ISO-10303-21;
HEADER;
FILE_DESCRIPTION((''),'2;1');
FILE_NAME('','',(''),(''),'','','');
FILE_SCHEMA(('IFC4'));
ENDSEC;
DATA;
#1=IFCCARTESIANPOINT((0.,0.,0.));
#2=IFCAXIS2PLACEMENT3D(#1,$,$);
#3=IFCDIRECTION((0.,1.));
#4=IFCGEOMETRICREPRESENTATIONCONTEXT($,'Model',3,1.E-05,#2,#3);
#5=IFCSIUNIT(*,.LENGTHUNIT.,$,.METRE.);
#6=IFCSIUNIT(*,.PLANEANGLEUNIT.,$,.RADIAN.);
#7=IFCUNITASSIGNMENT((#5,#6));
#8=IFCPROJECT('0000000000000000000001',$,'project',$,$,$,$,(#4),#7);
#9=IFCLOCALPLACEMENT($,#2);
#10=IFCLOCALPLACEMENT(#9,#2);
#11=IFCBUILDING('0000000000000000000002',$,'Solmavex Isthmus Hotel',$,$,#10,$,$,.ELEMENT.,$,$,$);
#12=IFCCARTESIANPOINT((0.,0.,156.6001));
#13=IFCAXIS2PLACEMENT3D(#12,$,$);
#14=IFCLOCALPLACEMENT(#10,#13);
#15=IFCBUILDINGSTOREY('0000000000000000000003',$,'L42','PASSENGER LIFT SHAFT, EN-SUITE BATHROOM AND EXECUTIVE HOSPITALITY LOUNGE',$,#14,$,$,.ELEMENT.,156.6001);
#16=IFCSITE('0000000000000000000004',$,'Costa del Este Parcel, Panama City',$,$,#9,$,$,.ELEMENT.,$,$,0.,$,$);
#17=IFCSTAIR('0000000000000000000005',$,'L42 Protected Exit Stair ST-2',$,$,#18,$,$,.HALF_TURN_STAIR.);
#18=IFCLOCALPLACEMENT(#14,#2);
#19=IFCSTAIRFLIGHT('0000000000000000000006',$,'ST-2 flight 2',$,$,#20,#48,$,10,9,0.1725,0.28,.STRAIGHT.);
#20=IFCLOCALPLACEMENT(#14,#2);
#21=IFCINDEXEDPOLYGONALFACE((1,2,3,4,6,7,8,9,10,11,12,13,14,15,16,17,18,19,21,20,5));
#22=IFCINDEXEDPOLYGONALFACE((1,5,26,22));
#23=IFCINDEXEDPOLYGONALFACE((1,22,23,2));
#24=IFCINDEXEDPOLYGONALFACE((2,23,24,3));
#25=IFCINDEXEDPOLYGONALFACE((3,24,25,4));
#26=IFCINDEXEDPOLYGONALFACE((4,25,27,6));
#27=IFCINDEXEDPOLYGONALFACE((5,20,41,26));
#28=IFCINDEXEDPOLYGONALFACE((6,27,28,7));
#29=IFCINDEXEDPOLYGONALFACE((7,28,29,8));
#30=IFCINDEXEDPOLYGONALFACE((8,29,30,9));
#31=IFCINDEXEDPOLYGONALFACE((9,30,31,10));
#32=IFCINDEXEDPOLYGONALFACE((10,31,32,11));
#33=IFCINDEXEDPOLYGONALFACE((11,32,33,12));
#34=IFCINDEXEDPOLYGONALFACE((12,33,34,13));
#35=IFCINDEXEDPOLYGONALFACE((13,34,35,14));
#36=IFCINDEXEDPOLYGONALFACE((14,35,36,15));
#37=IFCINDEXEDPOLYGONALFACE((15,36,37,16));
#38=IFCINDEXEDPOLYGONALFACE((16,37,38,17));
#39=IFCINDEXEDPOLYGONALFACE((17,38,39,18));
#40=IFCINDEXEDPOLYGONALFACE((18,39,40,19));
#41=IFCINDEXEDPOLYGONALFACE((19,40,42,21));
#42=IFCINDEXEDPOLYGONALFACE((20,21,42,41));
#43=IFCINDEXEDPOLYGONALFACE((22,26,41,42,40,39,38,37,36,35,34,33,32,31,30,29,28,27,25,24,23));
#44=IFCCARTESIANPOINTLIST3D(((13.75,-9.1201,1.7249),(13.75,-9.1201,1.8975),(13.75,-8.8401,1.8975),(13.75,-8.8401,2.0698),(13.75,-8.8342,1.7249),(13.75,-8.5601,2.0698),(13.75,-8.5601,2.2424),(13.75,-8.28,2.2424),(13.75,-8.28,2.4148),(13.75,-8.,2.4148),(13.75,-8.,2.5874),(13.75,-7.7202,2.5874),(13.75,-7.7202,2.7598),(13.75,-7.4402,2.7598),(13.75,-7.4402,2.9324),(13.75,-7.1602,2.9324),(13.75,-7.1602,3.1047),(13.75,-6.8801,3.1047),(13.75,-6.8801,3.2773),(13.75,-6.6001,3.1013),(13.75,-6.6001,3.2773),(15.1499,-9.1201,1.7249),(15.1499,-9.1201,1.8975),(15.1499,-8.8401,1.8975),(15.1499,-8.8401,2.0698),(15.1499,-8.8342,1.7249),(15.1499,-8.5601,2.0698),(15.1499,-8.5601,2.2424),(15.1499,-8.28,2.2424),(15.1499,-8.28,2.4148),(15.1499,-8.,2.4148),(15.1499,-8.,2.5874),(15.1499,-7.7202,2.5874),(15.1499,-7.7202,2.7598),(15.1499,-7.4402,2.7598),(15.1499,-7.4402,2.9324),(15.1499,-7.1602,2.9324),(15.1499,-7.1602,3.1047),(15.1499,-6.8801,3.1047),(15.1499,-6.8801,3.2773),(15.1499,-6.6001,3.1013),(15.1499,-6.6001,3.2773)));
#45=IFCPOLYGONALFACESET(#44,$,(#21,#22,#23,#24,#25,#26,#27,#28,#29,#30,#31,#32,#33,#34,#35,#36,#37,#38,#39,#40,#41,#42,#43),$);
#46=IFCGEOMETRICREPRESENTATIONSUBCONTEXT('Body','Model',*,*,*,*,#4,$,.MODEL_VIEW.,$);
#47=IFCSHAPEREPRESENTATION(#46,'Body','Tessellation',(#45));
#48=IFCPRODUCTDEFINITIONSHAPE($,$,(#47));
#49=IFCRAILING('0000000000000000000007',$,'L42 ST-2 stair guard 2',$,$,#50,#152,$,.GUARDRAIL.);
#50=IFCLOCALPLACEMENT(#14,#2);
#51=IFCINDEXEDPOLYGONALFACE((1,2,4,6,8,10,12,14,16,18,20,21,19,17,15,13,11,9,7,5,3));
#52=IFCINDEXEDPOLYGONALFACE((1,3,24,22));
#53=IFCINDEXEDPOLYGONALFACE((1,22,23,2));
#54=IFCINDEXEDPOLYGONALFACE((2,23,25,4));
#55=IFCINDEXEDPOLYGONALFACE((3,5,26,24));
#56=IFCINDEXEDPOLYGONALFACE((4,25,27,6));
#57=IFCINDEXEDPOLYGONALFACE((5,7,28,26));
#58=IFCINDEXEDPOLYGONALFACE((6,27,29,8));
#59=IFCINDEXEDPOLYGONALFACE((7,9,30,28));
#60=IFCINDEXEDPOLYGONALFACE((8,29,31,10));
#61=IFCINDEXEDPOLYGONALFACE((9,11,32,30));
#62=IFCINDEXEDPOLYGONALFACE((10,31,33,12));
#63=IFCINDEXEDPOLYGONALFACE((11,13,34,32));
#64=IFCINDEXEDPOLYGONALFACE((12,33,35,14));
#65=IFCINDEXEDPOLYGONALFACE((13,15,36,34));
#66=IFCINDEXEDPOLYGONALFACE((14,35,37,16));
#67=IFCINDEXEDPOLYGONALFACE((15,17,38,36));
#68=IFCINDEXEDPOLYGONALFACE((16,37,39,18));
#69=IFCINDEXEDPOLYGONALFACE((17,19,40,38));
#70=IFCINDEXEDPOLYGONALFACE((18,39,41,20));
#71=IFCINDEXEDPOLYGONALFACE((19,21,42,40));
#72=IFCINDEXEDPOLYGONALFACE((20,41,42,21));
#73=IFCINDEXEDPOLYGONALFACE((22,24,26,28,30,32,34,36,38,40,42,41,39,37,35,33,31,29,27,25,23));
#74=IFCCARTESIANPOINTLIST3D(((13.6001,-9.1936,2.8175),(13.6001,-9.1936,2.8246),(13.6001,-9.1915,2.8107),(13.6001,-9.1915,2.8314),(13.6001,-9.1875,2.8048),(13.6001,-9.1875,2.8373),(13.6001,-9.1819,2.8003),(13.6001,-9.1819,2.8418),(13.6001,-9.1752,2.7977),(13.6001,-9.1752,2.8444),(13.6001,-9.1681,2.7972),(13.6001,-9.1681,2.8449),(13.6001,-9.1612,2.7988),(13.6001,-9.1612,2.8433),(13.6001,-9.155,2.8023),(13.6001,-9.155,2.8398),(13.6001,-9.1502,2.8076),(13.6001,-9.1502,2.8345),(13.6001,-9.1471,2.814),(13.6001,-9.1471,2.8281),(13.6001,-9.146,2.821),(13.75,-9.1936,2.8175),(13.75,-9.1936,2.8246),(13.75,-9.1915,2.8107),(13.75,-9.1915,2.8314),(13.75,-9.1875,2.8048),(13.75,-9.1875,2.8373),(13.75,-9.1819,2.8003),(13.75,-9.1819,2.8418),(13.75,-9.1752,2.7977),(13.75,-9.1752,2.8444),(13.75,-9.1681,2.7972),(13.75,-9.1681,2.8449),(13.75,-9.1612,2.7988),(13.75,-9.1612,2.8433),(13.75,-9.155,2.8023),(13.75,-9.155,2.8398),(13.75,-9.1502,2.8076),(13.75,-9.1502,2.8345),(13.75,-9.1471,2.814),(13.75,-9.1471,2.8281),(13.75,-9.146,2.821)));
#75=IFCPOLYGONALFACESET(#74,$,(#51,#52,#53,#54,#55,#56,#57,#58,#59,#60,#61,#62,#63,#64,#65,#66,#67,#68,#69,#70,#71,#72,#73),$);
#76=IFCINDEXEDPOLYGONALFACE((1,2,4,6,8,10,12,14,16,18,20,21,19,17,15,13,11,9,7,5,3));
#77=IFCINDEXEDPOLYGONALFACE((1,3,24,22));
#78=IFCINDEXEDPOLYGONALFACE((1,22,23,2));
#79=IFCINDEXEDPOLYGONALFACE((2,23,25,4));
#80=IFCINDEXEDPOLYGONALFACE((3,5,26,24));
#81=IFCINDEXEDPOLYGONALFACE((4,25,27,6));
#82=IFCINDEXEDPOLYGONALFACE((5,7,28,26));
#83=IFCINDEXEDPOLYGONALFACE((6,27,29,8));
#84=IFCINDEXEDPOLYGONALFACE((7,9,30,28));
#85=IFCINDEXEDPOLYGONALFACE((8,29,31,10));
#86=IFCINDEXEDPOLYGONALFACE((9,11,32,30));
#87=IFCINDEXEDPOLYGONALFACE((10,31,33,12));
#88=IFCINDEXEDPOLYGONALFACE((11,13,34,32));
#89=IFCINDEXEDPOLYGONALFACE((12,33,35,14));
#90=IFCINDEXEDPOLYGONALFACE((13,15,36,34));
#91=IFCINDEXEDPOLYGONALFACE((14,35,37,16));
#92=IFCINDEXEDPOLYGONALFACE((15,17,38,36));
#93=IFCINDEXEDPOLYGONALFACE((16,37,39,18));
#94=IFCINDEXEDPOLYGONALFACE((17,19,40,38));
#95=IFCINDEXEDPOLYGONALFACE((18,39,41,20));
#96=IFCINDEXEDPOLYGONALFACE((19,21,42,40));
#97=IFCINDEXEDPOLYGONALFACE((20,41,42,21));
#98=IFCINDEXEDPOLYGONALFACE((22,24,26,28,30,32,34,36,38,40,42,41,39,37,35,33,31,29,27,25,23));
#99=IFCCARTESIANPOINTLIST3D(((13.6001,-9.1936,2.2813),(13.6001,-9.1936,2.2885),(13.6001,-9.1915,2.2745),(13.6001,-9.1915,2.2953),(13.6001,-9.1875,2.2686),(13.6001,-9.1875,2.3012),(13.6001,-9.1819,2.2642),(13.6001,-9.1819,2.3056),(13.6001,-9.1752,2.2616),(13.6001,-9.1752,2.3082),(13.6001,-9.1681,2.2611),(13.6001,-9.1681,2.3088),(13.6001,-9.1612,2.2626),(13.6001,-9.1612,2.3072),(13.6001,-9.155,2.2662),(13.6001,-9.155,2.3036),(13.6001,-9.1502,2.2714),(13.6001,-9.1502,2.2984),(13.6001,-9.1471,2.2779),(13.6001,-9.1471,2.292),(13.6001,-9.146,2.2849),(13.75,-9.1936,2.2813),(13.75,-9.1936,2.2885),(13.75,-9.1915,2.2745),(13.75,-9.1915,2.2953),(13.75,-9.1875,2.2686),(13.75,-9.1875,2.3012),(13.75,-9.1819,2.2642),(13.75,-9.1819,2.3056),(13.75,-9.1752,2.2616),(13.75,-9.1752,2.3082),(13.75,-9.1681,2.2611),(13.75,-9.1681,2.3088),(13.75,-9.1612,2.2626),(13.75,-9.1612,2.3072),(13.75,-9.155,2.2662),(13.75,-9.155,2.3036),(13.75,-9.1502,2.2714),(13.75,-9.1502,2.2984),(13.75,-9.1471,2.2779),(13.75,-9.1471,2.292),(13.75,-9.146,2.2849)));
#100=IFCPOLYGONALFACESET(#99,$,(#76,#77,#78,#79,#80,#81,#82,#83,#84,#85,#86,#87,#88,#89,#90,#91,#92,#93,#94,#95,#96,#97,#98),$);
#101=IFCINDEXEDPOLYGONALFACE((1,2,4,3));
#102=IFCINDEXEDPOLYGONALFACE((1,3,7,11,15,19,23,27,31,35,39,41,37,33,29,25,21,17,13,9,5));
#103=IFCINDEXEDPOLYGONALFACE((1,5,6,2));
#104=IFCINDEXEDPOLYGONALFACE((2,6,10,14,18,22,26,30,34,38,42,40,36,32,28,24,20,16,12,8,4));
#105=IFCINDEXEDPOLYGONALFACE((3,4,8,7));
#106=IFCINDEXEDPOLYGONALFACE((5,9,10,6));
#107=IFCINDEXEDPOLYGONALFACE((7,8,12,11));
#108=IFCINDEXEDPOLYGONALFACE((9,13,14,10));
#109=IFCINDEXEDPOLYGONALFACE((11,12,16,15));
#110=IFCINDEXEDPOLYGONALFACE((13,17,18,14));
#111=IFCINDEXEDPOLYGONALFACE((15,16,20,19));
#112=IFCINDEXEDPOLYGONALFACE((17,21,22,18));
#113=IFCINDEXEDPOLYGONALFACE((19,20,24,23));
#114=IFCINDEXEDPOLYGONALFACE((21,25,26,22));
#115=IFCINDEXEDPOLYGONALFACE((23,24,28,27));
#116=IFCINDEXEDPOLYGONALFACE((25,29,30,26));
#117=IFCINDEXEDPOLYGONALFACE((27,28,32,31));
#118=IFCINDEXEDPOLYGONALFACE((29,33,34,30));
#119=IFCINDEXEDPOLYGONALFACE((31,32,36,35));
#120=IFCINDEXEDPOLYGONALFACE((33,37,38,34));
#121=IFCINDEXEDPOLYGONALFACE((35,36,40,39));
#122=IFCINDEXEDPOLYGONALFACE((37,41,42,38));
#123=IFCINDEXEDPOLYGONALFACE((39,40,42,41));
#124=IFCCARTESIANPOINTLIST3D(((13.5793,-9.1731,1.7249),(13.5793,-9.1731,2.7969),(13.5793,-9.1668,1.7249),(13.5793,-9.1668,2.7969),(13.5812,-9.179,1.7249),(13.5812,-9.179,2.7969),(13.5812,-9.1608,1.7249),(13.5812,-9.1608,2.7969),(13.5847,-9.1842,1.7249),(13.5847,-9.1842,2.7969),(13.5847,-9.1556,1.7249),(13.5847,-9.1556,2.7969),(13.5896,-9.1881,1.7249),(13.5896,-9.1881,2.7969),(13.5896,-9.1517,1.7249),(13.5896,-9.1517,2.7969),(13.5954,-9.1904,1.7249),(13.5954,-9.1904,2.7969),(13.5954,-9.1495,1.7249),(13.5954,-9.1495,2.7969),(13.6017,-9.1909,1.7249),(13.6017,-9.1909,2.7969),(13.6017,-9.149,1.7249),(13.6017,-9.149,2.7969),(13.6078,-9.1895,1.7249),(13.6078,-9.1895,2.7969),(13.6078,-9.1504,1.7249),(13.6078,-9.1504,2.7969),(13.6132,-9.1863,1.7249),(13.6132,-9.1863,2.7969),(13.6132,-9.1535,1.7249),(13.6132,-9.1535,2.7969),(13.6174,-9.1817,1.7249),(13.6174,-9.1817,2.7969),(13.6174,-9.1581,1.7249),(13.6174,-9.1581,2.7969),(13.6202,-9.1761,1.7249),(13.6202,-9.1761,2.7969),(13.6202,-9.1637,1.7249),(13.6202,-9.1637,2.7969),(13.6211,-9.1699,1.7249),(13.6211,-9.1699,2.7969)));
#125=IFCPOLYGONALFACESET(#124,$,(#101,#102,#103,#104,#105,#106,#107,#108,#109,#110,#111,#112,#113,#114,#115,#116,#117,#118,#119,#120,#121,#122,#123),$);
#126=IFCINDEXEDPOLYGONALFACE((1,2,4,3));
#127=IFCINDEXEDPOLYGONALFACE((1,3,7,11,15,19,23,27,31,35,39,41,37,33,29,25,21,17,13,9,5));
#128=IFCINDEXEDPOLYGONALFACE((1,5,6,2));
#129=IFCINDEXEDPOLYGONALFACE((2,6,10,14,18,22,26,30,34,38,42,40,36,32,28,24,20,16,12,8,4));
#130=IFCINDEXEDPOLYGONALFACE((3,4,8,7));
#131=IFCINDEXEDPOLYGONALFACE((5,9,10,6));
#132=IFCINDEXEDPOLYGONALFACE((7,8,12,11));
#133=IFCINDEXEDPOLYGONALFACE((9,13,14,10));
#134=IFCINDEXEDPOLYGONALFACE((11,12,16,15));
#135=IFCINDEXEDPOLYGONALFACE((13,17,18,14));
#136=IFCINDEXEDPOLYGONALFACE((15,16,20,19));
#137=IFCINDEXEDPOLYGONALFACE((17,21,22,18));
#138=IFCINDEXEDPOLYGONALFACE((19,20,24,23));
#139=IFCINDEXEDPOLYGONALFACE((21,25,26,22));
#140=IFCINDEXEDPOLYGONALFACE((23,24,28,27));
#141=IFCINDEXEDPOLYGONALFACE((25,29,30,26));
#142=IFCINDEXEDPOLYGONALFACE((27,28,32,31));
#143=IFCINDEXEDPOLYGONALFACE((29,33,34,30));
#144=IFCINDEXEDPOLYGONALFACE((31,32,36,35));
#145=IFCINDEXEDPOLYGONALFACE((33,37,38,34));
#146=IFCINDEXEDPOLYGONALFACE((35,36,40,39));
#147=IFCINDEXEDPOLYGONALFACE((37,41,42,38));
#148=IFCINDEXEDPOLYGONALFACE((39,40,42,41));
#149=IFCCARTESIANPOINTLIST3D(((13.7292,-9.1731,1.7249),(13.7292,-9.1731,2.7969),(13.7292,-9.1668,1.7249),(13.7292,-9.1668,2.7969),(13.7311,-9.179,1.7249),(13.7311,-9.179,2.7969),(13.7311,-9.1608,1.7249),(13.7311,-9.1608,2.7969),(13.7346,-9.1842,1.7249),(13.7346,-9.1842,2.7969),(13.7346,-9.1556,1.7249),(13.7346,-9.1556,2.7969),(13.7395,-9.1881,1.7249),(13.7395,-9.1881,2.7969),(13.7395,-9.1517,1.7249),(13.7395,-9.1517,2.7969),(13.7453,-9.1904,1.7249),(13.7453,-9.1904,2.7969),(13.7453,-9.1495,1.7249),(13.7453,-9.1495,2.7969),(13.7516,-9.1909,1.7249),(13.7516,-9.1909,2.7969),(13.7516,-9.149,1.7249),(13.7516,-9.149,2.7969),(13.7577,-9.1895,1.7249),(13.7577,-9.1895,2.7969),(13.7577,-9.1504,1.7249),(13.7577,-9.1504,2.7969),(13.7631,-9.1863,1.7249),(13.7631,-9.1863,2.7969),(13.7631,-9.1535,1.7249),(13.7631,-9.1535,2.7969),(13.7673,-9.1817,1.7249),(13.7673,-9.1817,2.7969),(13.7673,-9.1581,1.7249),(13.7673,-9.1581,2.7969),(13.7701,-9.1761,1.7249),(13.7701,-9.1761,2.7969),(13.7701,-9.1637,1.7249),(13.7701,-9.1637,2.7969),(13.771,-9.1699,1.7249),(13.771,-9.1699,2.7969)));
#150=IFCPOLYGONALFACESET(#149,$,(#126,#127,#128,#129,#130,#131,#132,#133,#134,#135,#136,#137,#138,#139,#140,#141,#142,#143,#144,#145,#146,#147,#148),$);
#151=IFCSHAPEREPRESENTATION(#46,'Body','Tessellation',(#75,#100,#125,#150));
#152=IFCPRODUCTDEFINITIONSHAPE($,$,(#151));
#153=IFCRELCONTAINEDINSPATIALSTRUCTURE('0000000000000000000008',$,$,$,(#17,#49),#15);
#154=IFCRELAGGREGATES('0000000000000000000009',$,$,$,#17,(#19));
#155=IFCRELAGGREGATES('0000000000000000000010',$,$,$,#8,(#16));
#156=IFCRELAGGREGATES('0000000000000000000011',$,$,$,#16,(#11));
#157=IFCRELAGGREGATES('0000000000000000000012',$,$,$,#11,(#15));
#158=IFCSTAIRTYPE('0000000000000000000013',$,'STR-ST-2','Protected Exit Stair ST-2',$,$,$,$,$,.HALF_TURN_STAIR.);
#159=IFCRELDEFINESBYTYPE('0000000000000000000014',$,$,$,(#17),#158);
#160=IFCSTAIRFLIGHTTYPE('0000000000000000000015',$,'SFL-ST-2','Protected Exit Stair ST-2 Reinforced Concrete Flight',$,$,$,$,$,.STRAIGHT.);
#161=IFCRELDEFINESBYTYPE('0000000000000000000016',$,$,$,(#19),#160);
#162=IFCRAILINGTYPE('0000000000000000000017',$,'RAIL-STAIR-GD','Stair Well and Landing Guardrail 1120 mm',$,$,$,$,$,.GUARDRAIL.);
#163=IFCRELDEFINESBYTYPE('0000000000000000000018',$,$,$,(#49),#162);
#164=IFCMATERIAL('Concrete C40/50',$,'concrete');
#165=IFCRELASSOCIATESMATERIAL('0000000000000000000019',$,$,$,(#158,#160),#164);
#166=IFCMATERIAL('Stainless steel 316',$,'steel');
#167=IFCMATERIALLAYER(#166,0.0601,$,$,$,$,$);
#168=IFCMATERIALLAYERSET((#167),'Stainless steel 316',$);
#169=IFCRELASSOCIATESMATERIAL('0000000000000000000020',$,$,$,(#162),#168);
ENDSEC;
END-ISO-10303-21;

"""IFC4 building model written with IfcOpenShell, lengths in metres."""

from ifc_helpers import new_model, si_unit, direction, frame, origin, origin_2d, place, context, subcontext, project, spatial, polyline, circle, outline, extrude, material, layer, layer_set, type_object, element, aggregate, save


model = new_model("IFC4")

# Units and contexts
model_context = context("Model", 3, precision=1e-05, world=origin(), true_north=direction((0.0, 1.0)))
body_context = subcontext(model_context, "Body", "Model", "MODEL_VIEW")
ifc_project = project(units=[si_unit("LENGTHUNIT", "METRE"), si_unit("PLANEANGLEUNIT", "RADIAN")], contexts=[model_context])

# Site, building, storey
site_placement = place(None, origin())
site = spatial("IfcSite", under=ifc_project, at=site_placement, Name="Costa del Este Parcel, Panama City", CompositionType="ELEMENT", RefElevation=0.0)
building_placement = place(site_placement, origin())
building = spatial("IfcBuilding", under=site, at=building_placement, Name="Solmavex Isthmus Hotel", CompositionType="ELEMENT")
storey_placement = place(building_placement, frame((0.0, 0.0, 156.6001)))
storey = spatial("IfcBuildingStorey", under=building, at=storey_placement, Name="L42", Description="PASSENGER LIFT SHAFT, EN-SUITE BATHROOM AND EXECUTIVE HOSPITALITY LOUNGE", CompositionType="ELEMENT", Elevation=156.6001)

# Shared definitions
ifc_material_1 = material(Name="Concrete C40/50", Category="concrete")

# Stair, stair flight
stair_type = type_object("IfcStairType", Name="STR-ST-2", Description="Protected Exit Stair ST-2", PredefinedType="HALF_TURN_STAIR", material=ifc_material_1)
stair_placement = place(storey_placement, origin())
stair = element("IfcStair", 1, at=stair_placement, inside=storey, type_object=stair_type, Name="L42 Protected Exit Stair ST-2", PredefinedType="HALF_TURN_STAIR")
stair_flight_type = type_object("IfcStairFlightType", Name="SFL-ST-2", Description="Protected Exit Stair ST-2 Reinforced Concrete Flight", PredefinedType="STRAIGHT", material=ifc_material_1)
stair_flight_placement = place(storey_placement, frame((14.45, -9.1201, 1.7249), z_axis=(0.0, 0.0, 1.0), x_axis=(0.0, 1.0, 0.0)))
stair_flight = element("IfcStairFlight", 2, at=stair_flight_placement, type_object=stair_flight_type, Name="ST-2 flight 2", NumberOfRisers=10, NumberOfTreads=9, PredefinedType="STRAIGHT", RiserHeight=0.1725, TreadLength=0.28, context=body_context, shape_type="SweptSolid", body=[
    extrude(outline(polyline([(0.0, 0.0), (0.0, 0.1726), (0.28, 0.1726), (0.28, 0.345), (0.5601, 0.345), (0.5601, 0.5176), (0.8401, 0.5176), (0.8401, 0.6899), (1.1201, 0.6899), (1.1201, 0.8625), (1.3999, 0.8625), (1.3999, 1.0349), (1.6799, 1.0349), (1.6799, 1.2075), (1.96, 1.2075), (1.96, 1.3799), (2.24, 1.3799), (2.24, 1.5525), (2.52, 1.5525), (2.52, 1.7251), (2.52, 1.3765), (0.2859, 0.0), (0.0, 0.0)])), frame((0.0, 0.7, 0.0), z_axis=(0.0, -1.0, 0.0), x_axis=(1.0, 0.0, 0.0)), (0.0, 0.0, 1.0), 1.3999),
])
aggregate(stair, [stair_flight])

# Railing
ifc_material_2 = material(Name="Stainless steel 316", Category="steel")
ifc_layer_1 = layer(ifc_material_2, 0.0601)
ifc_layer_set_1 = layer_set([ifc_layer_1], Name="Stainless steel 316")
railing_type_1 = type_object("IfcRailingType", Name="RAIL-STAIR-GD", Description="Stair Well and Landing Guardrail 1120 mm", PredefinedType="GUARDRAIL", material=ifc_layer_set_1)
railing_1_placement = place(storey_placement, frame((13.6001, -9.1699, 1.7249)))
element("IfcRailing", 3, at=railing_1_placement, inside=storey, type_object=railing_type_1, Name="L42 ST-2 stair guard 2", PredefinedType="GUARDRAIL", context=body_context, shape_type="SweptSolid", body=[
    extrude(circle(Radius=0.0239, at=origin_2d()), frame((0.0, 0.0, 1.0962), z_axis=(1.0, 0.0, 0.0), x_axis=(0.0, 1.0, 0.0)), (0.0, 0.0, 1.0), 0.1499),
    extrude(circle(Radius=0.0239, at=origin_2d()), frame((0.0, 0.0, 0.5601), z_axis=(1.0, 0.0, 0.0), x_axis=(0.0, 1.0, 0.0)), (0.0, 0.0, 1.0), 0.1499),
    extrude(circle(Radius=0.021, at=origin_2d()), origin(), (0.0, 0.0, 1.0), 1.072),
    extrude(circle(Radius=0.021, at=origin_2d()), frame((0.1499, 0.0, 0.0)), (0.0, 0.0, 1.0), 1.072),
])

save(model, "model.ifc")
